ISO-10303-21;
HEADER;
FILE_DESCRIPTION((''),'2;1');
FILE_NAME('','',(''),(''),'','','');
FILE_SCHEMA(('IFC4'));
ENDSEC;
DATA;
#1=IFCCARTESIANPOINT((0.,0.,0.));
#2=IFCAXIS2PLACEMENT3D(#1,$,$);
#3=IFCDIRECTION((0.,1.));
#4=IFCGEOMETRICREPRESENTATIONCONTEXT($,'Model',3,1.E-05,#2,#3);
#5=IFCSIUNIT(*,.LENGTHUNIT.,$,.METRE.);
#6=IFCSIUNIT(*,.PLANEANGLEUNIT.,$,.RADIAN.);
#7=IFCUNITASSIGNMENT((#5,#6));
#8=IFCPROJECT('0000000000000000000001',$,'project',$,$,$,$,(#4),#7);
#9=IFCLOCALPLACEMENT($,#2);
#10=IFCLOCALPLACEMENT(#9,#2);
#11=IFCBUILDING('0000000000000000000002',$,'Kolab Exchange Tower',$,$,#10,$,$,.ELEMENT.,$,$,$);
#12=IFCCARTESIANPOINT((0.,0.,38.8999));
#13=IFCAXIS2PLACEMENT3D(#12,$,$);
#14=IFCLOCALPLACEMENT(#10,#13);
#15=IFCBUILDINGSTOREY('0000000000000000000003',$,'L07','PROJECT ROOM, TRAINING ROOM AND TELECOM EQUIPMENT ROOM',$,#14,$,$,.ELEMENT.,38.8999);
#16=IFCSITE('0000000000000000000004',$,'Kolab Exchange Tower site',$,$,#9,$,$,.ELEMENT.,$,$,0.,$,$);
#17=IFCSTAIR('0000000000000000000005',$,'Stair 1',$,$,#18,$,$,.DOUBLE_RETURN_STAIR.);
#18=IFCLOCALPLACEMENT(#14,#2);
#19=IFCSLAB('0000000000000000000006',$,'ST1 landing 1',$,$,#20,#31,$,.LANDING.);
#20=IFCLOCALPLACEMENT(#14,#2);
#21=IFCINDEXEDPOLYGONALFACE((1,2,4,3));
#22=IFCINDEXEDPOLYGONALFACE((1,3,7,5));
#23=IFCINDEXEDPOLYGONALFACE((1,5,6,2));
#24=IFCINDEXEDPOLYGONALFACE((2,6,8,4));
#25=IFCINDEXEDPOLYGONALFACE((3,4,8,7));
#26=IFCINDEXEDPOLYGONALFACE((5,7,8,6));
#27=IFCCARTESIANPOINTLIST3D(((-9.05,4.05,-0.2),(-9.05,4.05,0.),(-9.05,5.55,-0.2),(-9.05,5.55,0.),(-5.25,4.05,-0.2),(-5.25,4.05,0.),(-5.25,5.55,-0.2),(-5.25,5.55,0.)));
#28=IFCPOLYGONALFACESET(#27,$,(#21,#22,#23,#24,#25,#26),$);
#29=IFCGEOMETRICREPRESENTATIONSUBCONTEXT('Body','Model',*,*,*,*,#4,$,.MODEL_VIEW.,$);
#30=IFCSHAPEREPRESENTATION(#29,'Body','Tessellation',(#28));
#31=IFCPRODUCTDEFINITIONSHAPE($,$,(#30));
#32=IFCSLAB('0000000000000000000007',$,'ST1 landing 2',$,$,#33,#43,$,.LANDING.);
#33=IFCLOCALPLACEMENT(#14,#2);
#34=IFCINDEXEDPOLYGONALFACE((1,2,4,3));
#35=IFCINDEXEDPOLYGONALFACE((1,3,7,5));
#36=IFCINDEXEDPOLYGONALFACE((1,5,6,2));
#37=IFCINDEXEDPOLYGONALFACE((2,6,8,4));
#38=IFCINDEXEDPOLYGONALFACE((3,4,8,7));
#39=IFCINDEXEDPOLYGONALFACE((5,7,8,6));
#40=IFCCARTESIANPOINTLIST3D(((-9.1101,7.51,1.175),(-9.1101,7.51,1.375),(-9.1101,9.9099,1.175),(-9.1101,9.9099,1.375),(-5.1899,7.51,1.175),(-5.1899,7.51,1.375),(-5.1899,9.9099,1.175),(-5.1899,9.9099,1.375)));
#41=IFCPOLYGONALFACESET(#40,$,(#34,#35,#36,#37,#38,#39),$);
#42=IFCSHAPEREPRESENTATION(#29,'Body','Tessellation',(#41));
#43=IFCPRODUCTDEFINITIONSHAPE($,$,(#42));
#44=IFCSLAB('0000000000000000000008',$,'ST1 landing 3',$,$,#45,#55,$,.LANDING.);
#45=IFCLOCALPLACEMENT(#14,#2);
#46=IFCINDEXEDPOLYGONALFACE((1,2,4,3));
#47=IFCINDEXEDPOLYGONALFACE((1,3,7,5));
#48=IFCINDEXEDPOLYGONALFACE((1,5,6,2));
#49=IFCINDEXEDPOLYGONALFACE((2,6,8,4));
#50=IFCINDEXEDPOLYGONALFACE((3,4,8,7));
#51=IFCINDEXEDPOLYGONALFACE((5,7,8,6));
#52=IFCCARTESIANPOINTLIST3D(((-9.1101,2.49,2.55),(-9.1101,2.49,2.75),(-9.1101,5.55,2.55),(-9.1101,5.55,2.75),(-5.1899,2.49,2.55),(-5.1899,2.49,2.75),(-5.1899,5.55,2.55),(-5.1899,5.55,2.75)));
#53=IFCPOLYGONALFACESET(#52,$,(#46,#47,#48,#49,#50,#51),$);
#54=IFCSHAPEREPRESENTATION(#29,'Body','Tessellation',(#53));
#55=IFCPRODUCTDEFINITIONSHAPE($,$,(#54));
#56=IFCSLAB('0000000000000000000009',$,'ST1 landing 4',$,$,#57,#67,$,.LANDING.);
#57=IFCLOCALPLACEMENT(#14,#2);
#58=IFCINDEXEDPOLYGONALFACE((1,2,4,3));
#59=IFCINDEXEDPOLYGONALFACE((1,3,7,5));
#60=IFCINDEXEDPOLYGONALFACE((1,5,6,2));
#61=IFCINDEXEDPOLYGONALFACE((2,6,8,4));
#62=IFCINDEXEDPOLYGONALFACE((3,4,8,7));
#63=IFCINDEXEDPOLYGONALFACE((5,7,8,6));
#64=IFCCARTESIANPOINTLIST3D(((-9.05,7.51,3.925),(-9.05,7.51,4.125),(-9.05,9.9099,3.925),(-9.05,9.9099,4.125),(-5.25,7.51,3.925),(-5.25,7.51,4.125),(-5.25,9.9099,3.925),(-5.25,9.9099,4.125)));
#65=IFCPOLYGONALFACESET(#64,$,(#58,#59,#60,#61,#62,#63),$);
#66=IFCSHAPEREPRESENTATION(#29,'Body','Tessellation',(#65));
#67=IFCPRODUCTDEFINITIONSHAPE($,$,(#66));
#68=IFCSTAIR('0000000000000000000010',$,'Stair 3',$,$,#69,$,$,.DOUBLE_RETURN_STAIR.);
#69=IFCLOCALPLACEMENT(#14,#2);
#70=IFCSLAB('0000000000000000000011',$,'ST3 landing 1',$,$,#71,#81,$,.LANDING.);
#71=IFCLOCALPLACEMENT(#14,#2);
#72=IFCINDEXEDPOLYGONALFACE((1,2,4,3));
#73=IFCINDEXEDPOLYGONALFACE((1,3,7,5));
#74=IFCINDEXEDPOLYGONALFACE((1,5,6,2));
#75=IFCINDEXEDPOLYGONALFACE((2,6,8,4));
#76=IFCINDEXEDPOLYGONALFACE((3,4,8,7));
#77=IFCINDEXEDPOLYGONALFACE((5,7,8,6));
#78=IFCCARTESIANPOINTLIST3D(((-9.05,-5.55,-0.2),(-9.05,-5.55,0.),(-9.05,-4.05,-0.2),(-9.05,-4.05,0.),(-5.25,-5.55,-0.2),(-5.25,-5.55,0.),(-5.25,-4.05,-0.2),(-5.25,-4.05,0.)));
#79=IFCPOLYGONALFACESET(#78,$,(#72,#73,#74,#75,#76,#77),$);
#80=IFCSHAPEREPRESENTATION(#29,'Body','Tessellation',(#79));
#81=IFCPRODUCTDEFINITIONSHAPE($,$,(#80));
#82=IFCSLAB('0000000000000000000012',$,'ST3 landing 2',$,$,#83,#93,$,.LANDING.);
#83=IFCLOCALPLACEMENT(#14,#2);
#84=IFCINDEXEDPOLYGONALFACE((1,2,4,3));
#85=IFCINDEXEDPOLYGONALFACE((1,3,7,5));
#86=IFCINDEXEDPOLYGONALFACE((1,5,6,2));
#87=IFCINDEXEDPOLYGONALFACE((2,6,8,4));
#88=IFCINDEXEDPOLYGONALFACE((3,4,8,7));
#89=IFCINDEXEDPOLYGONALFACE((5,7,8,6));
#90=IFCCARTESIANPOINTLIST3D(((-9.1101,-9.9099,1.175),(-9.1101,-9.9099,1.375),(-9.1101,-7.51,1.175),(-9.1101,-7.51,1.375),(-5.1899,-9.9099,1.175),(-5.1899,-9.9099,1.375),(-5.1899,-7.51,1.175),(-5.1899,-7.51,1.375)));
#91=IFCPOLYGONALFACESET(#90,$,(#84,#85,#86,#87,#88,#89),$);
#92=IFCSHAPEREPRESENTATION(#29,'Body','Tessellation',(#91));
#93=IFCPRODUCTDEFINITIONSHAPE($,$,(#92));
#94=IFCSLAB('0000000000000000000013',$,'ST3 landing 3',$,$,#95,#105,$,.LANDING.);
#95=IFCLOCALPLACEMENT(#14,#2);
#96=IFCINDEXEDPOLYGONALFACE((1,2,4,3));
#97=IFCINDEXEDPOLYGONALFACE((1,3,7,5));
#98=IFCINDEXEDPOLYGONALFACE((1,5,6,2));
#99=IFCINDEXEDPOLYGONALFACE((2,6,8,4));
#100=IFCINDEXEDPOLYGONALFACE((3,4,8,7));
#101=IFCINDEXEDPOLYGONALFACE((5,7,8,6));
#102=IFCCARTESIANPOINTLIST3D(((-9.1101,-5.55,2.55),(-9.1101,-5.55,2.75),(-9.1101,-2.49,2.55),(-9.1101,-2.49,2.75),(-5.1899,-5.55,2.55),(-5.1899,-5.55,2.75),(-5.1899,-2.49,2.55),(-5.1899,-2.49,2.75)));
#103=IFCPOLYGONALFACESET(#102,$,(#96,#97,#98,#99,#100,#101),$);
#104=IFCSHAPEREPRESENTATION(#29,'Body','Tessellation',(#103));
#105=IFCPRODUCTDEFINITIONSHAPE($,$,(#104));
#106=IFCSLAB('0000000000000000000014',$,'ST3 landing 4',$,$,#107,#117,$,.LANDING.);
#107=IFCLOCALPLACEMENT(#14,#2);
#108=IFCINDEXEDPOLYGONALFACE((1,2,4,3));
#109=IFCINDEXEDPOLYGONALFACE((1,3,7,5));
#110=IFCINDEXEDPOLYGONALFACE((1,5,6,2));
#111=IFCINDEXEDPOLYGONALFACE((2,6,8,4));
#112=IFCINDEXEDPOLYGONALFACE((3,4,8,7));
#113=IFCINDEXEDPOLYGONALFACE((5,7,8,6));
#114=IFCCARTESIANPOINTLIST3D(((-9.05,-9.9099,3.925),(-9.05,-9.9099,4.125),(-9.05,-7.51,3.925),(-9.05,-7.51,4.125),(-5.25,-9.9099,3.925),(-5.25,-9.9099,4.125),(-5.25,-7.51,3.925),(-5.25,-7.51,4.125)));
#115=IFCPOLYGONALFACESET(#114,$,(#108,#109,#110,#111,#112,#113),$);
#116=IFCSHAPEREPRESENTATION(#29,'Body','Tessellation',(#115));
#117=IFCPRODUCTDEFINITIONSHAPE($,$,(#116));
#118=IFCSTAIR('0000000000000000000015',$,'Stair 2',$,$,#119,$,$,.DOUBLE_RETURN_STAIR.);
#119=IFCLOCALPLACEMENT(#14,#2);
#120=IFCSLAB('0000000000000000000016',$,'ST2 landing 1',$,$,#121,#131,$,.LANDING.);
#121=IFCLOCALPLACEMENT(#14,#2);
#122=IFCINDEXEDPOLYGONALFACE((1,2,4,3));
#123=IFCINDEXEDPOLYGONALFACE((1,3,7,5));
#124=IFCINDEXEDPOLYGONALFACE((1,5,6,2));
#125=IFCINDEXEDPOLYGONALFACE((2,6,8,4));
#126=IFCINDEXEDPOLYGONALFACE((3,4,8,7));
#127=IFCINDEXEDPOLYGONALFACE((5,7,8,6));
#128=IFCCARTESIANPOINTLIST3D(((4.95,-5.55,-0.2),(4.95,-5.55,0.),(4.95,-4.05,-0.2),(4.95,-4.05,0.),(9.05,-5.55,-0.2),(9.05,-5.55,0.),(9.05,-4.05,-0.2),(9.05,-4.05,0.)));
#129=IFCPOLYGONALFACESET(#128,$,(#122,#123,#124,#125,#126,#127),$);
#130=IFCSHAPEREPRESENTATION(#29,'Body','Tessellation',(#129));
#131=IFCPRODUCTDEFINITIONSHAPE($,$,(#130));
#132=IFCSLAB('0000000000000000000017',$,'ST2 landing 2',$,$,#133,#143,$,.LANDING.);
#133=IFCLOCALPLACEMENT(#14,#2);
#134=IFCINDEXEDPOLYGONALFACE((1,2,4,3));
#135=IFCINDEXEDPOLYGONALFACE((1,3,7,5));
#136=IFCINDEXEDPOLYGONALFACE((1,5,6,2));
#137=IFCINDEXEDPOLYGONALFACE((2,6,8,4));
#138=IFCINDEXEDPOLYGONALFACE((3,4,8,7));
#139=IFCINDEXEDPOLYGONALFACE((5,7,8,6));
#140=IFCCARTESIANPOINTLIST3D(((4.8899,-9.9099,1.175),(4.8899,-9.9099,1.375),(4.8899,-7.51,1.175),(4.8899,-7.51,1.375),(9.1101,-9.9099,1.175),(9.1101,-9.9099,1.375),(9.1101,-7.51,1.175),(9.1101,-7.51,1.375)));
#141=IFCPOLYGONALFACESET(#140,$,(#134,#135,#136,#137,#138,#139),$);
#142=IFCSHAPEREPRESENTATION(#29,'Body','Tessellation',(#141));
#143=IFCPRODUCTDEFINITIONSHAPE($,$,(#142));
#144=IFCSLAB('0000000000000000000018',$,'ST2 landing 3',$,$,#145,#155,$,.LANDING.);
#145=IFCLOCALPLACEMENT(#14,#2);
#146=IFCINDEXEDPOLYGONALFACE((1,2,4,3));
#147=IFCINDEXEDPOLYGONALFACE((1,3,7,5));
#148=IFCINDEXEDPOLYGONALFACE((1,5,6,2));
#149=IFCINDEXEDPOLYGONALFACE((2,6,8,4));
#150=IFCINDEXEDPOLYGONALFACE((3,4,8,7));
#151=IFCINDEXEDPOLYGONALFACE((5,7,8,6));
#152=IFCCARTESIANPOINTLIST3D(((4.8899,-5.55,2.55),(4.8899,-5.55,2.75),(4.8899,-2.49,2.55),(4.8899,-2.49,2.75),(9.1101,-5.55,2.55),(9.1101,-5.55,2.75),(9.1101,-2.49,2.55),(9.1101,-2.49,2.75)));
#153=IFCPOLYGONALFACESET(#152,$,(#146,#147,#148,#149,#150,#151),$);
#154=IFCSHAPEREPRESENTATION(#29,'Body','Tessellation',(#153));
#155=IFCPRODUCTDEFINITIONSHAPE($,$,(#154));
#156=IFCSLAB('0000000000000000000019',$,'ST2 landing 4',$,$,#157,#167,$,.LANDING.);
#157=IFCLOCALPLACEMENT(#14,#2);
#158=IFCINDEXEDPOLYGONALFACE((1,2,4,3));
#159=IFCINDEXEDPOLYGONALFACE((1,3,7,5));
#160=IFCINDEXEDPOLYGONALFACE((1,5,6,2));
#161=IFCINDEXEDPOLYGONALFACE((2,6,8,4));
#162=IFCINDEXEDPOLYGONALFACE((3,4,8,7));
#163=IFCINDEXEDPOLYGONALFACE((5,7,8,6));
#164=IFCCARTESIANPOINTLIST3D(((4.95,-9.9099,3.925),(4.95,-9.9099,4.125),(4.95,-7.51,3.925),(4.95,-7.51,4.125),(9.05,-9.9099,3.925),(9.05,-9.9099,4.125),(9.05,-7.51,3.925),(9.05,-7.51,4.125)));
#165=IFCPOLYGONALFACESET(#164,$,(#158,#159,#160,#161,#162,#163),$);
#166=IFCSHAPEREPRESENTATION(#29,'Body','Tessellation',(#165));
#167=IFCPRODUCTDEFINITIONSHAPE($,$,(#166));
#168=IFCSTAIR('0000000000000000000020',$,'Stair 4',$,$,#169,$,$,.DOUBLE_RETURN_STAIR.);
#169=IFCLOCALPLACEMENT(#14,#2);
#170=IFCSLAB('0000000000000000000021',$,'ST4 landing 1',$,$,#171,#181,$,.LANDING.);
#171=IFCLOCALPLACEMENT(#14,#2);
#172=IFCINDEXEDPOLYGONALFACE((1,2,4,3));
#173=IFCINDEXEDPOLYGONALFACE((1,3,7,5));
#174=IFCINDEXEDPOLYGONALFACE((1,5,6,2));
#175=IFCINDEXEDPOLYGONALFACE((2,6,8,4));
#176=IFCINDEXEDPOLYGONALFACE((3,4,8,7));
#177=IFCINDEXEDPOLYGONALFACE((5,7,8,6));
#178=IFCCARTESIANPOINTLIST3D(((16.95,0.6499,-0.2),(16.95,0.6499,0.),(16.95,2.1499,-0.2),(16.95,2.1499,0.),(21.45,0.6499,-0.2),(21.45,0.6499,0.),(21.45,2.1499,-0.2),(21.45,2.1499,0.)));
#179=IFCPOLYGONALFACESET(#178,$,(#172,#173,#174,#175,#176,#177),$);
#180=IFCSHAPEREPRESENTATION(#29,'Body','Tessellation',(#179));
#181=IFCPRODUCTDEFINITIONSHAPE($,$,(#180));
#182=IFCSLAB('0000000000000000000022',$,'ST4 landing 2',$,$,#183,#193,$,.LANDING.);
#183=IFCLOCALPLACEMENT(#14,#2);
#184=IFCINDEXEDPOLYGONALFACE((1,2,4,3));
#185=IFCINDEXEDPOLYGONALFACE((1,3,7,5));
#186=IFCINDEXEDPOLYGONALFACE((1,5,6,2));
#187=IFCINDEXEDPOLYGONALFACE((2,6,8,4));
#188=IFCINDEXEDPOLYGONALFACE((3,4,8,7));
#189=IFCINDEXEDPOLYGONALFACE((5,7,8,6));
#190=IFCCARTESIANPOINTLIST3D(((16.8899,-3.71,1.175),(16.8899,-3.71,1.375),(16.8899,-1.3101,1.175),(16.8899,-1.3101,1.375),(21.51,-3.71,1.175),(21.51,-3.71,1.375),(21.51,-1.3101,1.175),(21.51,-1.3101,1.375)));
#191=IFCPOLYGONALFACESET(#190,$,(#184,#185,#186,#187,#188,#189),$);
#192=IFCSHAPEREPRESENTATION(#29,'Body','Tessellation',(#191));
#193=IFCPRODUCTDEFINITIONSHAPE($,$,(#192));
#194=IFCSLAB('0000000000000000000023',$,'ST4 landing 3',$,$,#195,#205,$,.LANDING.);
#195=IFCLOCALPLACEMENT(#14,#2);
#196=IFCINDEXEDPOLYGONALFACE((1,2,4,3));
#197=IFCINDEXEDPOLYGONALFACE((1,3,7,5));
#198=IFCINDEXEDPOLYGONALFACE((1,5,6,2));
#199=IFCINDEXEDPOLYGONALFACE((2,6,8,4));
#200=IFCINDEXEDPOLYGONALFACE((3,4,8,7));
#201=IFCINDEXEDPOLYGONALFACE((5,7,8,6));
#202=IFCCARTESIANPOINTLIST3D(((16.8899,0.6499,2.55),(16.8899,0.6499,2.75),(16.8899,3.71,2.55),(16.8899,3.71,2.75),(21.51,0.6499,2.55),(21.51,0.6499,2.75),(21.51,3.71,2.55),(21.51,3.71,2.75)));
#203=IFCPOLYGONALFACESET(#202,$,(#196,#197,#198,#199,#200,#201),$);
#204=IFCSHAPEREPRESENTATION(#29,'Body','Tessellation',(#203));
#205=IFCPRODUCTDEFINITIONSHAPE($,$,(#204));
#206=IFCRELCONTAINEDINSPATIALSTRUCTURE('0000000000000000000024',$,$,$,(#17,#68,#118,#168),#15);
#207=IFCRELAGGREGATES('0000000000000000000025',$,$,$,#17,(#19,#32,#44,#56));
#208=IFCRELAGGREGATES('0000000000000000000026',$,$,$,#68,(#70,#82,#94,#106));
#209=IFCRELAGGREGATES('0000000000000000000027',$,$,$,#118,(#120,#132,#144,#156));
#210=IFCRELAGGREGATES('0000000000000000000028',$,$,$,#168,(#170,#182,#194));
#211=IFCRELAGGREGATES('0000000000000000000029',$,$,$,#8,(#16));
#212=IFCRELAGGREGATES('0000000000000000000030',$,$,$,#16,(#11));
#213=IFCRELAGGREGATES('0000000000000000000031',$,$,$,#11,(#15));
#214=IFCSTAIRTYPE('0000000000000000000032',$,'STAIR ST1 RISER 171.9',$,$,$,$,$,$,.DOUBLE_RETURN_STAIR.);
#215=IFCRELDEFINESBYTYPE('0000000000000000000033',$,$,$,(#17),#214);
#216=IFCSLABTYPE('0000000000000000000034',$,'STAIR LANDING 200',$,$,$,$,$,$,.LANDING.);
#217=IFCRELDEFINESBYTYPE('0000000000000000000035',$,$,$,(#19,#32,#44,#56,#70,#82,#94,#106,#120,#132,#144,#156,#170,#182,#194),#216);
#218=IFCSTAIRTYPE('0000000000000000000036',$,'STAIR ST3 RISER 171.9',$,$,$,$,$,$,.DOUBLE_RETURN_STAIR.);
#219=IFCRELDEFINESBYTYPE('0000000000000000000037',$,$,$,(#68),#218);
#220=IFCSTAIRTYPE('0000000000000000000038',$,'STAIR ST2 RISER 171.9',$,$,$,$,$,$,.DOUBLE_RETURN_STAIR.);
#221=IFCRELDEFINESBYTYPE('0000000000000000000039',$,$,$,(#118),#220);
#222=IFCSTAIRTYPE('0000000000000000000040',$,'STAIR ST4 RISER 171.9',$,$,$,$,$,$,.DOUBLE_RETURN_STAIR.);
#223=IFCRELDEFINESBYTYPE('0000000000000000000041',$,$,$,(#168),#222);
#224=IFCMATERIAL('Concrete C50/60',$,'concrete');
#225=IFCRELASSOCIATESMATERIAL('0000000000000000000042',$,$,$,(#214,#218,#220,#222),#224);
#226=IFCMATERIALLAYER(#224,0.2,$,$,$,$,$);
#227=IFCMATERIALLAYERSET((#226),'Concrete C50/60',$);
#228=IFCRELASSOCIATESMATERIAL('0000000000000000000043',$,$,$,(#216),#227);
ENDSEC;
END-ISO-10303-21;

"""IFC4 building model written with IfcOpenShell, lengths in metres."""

from ifc_helpers import new_model, si_unit, direction, frame, origin, place, context, subcontext, project, spatial, polyline, outline, extrude, material, layer, layer_set, type_object, element, aggregate, save


model = new_model("IFC4")

# Units and contexts
model_context = context("Model", 3, precision=1e-05, world=origin(), true_north=direction((0.0, 1.0)))
body_context = subcontext(model_context, "Body", "Model", "MODEL_VIEW")
ifc_project = project(units=[si_unit("LENGTHUNIT", "METRE"), si_unit("PLANEANGLEUNIT", "RADIAN")], contexts=[model_context])

# Site, building, storey
site_placement = place(None, origin())
site = spatial("IfcSite", under=ifc_project, at=site_placement, Name="Kolab Exchange Tower site", CompositionType="ELEMENT", RefElevation=0.0)
building_placement = place(site_placement, origin())
building = spatial("IfcBuilding", under=site, at=building_placement, Name="Kolab Exchange Tower", CompositionType="ELEMENT")
storey_placement = place(building_placement, frame((0.0, 0.0, 38.8999)))
storey = spatial("IfcBuildingStorey", under=building, at=storey_placement, Name="L07", Description="PROJECT ROOM, TRAINING ROOM AND TELECOM EQUIPMENT ROOM", CompositionType="ELEMENT", Elevation=38.8999)

# Stairs, slabs
ifc_material_1 = material(Name="Concrete C50/60", Category="concrete")
stair_type_1 = type_object("IfcStairType", Name="STAIR ST1 RISER 171.9", PredefinedType="DOUBLE_RETURN_STAIR", material=ifc_material_1)
stair_1_placement = place(storey_placement, origin())
stair_1 = element("IfcStair", 1, at=stair_1_placement, inside=storey, type_object=stair_type_1, Name="Stair 1", PredefinedType="DOUBLE_RETURN_STAIR")
ifc_layer_1 = layer(ifc_material_1, 0.2)
ifc_layer_set_1 = layer_set([ifc_layer_1], Name="Concrete C50/60")
slab_type = type_object("IfcSlabType", Name="STAIR LANDING 200", PredefinedType="LANDING", material=ifc_layer_set_1)
slab_1_placement = place(storey_placement, frame((0.0, 0.0, -0.2)))
slab_1 = element("IfcSlab", 2, at=slab_1_placement, type_object=slab_type, Name="ST1 landing 1", PredefinedType="LANDING", context=body_context, shape_type="SweptSolid", body=[
    extrude(outline(polyline([(-9.05, 4.05), (-5.25, 4.05), (-5.25, 5.55), (-9.05, 5.55), (-9.05, 4.05)])), origin(), (0.0, 0.0, 1.0), 0.2),
])
slab_2_placement = place(storey_placement, frame((0.0, 0.0, 1.175)))
slab_2 = element("IfcSlab", 3, at=slab_2_placement, type_object=slab_type, Name="ST1 landing 2", PredefinedType="LANDING", context=body_context, shape_type="SweptSolid", body=[
    extrude(outline(polyline([(-9.1101, 7.51), (-5.1899, 7.51), (-5.1899, 9.9099), (-9.1101, 9.9099), (-9.1101, 7.51)])), origin(), (0.0, 0.0, 1.0), 0.2),
])
slab_3_placement = place(storey_placement, frame((0.0, 0.0, 2.55)))
slab_3 = element("IfcSlab", 4, at=slab_3_placement, type_object=slab_type, Name="ST1 landing 3", PredefinedType="LANDING", context=body_context, shape_type="SweptSolid", body=[
    extrude(outline(polyline([(-9.1101, 2.49), (-5.1899, 2.49), (-5.1899, 5.55), (-9.1101, 5.55), (-9.1101, 2.49)])), origin(), (0.0, 0.0, 1.0), 0.2),
])
slab_4_placement = place(storey_placement, frame((0.0, 0.0, 3.925)))
slab_4 = element("IfcSlab", 5, at=slab_4_placement, type_object=slab_type, Name="ST1 landing 4", PredefinedType="LANDING", context=body_context, shape_type="SweptSolid", body=[
    extrude(outline(polyline([(-9.05, 7.51), (-5.25, 7.51), (-5.25, 9.9099), (-9.05, 9.9099), (-9.05, 7.51)])), origin(), (0.0, 0.0, 1.0), 0.2),
])
aggregate(stair_1, [slab_1, slab_2, slab_3, slab_4])
stair_type_2 = type_object("IfcStairType", Name="STAIR ST3 RISER 171.9", PredefinedType="DOUBLE_RETURN_STAIR", material=ifc_material_1)
stair_2_placement = place(storey_placement, origin())
stair_2 = element("IfcStair", 6, at=stair_2_placement, inside=storey, type_object=stair_type_2, Name="Stair 3", PredefinedType="DOUBLE_RETURN_STAIR")
slab_5_placement = place(storey_placement, frame((0.0, 0.0, -0.2)))
slab_5 = element("IfcSlab", 7, at=slab_5_placement, type_object=slab_type, Name="ST3 landing 1", PredefinedType="LANDING", context=body_context, shape_type="SweptSolid", body=[
    extrude(outline(polyline([(-9.05, -5.55), (-5.25, -5.55), (-5.25, -4.05), (-9.05, -4.05), (-9.05, -5.55)])), origin(), (0.0, 0.0, 1.0), 0.2),
])
slab_6_placement = place(storey_placement, frame((0.0, 0.0, 1.175)))
slab_6 = element("IfcSlab", 8, at=slab_6_placement, type_object=slab_type, Name="ST3 landing 2", PredefinedType="LANDING", context=body_context, shape_type="SweptSolid", body=[
    extrude(outline(polyline([(-9.1101, -9.9099), (-5.1899, -9.9099), (-5.1899, -7.51), (-9.1101, -7.51), (-9.1101, -9.9099)])), origin(), (0.0, 0.0, 1.0), 0.2),
])
slab_7_placement = place(storey_placement, frame((0.0, 0.0, 2.55)))
slab_7 = element("IfcSlab", 9, at=slab_7_placement, type_object=slab_type, Name="ST3 landing 3", PredefinedType="LANDING", context=body_context, shape_type="SweptSolid", body=[
    extrude(outline(polyline([(-9.1101, -5.55), (-5.1899, -5.55), (-5.1899, -2.49), (-9.1101, -2.49), (-9.1101, -5.55)])), origin(), (0.0, 0.0, 1.0), 0.2),
])
slab_8_placement = place(storey_placement, frame((0.0, 0.0, 3.925)))
slab_8 = element("IfcSlab", 10, at=slab_8_placement, type_object=slab_type, Name="ST3 landing 4", PredefinedType="LANDING", context=body_context, shape_type="SweptSolid", body=[
    extrude(outline(polyline([(-9.05, -9.9099), (-5.25, -9.9099), (-5.25, -7.51), (-9.05, -7.51), (-9.05, -9.9099)])), origin(), (0.0, 0.0, 1.0), 0.2),
])
aggregate(stair_2, [slab_5, slab_6, slab_7, slab_8])
stair_type_3 = type_object("IfcStairType", Name="STAIR ST2 RISER 171.9", PredefinedType="DOUBLE_RETURN_STAIR", material=ifc_material_1)
stair_3_placement = place(storey_placement, origin())
stair_3 = element("IfcStair", 11, at=stair_3_placement, inside=storey, type_object=stair_type_3, Name="Stair 2", PredefinedType="DOUBLE_RETURN_STAIR")
slab_9_placement = place(storey_placement, frame((0.0, 0.0, -0.2)))
slab_9 = element("IfcSlab", 12, at=slab_9_placement, type_object=slab_type, Name="ST2 landing 1", PredefinedType="LANDING", context=body_context, shape_type="SweptSolid", body=[
    extrude(outline(polyline([(4.95, -5.55), (9.05, -5.55), (9.05, -4.05), (4.95, -4.05), (4.95, -5.55)])), origin(), (0.0, 0.0, 1.0), 0.2),
])
slab_10_placement = place(storey_placement, frame((0.0, 0.0, 1.175)))
slab_10 = element("IfcSlab", 13, at=slab_10_placement, type_object=slab_type, Name="ST2 landing 2", PredefinedType="LANDING", context=body_context, shape_type="SweptSolid", body=[
    extrude(outline(polyline([(4.8899, -9.9099), (9.1101, -9.9099), (9.1101, -7.51), (4.8899, -7.51), (4.8899, -9.9099)])), origin(), (0.0, 0.0, 1.0), 0.2),
])
slab_11_placement = place(storey_placement, frame((0.0, 0.0, 2.55)))
slab_11 = element("IfcSlab", 14, at=slab_11_placement, type_object=slab_type, Name="ST2 landing 3", PredefinedType="LANDING", context=body_context, shape_type="SweptSolid", body=[
    extrude(outline(polyline([(4.8899, -5.55), (9.1101, -5.55), (9.1101, -2.49), (4.8899, -2.49), (4.8899, -5.55)])), origin(), (0.0, 0.0, 1.0), 0.2),
])
slab_12_placement = place(storey_placement, frame((0.0, 0.0, 3.925)))
slab_12 = element("IfcSlab", 15, at=slab_12_placement, type_object=slab_type, Name="ST2 landing 4", PredefinedType="LANDING", context=body_context, shape_type="SweptSolid", body=[
    extrude(outline(polyline([(4.95, -9.9099), (9.05, -9.9099), (9.05, -7.51), (4.95, -7.51), (4.95, -9.9099)])), origin(), (0.0, 0.0, 1.0), 0.2),
])
aggregate(stair_3, [slab_9, slab_10, slab_11, slab_12])
stair_type_4 = type_object("IfcStairType", Name="STAIR ST4 RISER 171.9", PredefinedType="DOUBLE_RETURN_STAIR", material=ifc_material_1)
stair_4_placement = place(storey_placement, origin())
stair_4 = element("IfcStair", 16, at=stair_4_placement, inside=storey, type_object=stair_type_4, Name="Stair 4", PredefinedType="DOUBLE_RETURN_STAIR")
slab_13_placement = place(storey_placement, frame((0.0, 0.0, -0.2)))
slab_13 = element("IfcSlab", 17, at=slab_13_placement, type_object=slab_type, Name="ST4 landing 1", PredefinedType="LANDING", context=body_context, shape_type="SweptSolid", body=[
    extrude(outline(polyline([(16.95, 0.6499), (21.45, 0.6499), (21.45, 2.1499), (16.95, 2.1499), (16.95, 0.6499)])), origin(), (0.0, 0.0, 1.0), 0.2),
])
slab_14_placement = place(storey_placement, frame((0.0, 0.0, 1.175)))
slab_14 = element("IfcSlab", 18, at=slab_14_placement, type_object=slab_type, Name="ST4 landing 2", PredefinedType="LANDING", context=body_context, shape_type="SweptSolid", body=[
    extrude(outline(polyline([(16.8899, -3.71), (21.51, -3.71), (21.51, -1.3101), (16.8899, -1.3101), (16.8899, -3.71)])), origin(), (0.0, 0.0, 1.0), 0.2),
])
slab_15_placement = place(storey_placement, frame((0.0, 0.0, 2.55)))
slab_15 = element("IfcSlab", 19, at=slab_15_placement, type_object=slab_type, Name="ST4 landing 3", PredefinedType="LANDING", context=body_context, shape_type="SweptSolid", body=[
    extrude(outline(polyline([(16.8899, 0.6499), (21.51, 0.6499), (21.51, 3.71), (16.8899, 3.71), (16.8899, 0.6499)])), origin(), (0.0, 0.0, 1.0), 0.2),
])
aggregate(stair_4, [slab_13, slab_14, slab_15])

save(model, "model.ifc")
